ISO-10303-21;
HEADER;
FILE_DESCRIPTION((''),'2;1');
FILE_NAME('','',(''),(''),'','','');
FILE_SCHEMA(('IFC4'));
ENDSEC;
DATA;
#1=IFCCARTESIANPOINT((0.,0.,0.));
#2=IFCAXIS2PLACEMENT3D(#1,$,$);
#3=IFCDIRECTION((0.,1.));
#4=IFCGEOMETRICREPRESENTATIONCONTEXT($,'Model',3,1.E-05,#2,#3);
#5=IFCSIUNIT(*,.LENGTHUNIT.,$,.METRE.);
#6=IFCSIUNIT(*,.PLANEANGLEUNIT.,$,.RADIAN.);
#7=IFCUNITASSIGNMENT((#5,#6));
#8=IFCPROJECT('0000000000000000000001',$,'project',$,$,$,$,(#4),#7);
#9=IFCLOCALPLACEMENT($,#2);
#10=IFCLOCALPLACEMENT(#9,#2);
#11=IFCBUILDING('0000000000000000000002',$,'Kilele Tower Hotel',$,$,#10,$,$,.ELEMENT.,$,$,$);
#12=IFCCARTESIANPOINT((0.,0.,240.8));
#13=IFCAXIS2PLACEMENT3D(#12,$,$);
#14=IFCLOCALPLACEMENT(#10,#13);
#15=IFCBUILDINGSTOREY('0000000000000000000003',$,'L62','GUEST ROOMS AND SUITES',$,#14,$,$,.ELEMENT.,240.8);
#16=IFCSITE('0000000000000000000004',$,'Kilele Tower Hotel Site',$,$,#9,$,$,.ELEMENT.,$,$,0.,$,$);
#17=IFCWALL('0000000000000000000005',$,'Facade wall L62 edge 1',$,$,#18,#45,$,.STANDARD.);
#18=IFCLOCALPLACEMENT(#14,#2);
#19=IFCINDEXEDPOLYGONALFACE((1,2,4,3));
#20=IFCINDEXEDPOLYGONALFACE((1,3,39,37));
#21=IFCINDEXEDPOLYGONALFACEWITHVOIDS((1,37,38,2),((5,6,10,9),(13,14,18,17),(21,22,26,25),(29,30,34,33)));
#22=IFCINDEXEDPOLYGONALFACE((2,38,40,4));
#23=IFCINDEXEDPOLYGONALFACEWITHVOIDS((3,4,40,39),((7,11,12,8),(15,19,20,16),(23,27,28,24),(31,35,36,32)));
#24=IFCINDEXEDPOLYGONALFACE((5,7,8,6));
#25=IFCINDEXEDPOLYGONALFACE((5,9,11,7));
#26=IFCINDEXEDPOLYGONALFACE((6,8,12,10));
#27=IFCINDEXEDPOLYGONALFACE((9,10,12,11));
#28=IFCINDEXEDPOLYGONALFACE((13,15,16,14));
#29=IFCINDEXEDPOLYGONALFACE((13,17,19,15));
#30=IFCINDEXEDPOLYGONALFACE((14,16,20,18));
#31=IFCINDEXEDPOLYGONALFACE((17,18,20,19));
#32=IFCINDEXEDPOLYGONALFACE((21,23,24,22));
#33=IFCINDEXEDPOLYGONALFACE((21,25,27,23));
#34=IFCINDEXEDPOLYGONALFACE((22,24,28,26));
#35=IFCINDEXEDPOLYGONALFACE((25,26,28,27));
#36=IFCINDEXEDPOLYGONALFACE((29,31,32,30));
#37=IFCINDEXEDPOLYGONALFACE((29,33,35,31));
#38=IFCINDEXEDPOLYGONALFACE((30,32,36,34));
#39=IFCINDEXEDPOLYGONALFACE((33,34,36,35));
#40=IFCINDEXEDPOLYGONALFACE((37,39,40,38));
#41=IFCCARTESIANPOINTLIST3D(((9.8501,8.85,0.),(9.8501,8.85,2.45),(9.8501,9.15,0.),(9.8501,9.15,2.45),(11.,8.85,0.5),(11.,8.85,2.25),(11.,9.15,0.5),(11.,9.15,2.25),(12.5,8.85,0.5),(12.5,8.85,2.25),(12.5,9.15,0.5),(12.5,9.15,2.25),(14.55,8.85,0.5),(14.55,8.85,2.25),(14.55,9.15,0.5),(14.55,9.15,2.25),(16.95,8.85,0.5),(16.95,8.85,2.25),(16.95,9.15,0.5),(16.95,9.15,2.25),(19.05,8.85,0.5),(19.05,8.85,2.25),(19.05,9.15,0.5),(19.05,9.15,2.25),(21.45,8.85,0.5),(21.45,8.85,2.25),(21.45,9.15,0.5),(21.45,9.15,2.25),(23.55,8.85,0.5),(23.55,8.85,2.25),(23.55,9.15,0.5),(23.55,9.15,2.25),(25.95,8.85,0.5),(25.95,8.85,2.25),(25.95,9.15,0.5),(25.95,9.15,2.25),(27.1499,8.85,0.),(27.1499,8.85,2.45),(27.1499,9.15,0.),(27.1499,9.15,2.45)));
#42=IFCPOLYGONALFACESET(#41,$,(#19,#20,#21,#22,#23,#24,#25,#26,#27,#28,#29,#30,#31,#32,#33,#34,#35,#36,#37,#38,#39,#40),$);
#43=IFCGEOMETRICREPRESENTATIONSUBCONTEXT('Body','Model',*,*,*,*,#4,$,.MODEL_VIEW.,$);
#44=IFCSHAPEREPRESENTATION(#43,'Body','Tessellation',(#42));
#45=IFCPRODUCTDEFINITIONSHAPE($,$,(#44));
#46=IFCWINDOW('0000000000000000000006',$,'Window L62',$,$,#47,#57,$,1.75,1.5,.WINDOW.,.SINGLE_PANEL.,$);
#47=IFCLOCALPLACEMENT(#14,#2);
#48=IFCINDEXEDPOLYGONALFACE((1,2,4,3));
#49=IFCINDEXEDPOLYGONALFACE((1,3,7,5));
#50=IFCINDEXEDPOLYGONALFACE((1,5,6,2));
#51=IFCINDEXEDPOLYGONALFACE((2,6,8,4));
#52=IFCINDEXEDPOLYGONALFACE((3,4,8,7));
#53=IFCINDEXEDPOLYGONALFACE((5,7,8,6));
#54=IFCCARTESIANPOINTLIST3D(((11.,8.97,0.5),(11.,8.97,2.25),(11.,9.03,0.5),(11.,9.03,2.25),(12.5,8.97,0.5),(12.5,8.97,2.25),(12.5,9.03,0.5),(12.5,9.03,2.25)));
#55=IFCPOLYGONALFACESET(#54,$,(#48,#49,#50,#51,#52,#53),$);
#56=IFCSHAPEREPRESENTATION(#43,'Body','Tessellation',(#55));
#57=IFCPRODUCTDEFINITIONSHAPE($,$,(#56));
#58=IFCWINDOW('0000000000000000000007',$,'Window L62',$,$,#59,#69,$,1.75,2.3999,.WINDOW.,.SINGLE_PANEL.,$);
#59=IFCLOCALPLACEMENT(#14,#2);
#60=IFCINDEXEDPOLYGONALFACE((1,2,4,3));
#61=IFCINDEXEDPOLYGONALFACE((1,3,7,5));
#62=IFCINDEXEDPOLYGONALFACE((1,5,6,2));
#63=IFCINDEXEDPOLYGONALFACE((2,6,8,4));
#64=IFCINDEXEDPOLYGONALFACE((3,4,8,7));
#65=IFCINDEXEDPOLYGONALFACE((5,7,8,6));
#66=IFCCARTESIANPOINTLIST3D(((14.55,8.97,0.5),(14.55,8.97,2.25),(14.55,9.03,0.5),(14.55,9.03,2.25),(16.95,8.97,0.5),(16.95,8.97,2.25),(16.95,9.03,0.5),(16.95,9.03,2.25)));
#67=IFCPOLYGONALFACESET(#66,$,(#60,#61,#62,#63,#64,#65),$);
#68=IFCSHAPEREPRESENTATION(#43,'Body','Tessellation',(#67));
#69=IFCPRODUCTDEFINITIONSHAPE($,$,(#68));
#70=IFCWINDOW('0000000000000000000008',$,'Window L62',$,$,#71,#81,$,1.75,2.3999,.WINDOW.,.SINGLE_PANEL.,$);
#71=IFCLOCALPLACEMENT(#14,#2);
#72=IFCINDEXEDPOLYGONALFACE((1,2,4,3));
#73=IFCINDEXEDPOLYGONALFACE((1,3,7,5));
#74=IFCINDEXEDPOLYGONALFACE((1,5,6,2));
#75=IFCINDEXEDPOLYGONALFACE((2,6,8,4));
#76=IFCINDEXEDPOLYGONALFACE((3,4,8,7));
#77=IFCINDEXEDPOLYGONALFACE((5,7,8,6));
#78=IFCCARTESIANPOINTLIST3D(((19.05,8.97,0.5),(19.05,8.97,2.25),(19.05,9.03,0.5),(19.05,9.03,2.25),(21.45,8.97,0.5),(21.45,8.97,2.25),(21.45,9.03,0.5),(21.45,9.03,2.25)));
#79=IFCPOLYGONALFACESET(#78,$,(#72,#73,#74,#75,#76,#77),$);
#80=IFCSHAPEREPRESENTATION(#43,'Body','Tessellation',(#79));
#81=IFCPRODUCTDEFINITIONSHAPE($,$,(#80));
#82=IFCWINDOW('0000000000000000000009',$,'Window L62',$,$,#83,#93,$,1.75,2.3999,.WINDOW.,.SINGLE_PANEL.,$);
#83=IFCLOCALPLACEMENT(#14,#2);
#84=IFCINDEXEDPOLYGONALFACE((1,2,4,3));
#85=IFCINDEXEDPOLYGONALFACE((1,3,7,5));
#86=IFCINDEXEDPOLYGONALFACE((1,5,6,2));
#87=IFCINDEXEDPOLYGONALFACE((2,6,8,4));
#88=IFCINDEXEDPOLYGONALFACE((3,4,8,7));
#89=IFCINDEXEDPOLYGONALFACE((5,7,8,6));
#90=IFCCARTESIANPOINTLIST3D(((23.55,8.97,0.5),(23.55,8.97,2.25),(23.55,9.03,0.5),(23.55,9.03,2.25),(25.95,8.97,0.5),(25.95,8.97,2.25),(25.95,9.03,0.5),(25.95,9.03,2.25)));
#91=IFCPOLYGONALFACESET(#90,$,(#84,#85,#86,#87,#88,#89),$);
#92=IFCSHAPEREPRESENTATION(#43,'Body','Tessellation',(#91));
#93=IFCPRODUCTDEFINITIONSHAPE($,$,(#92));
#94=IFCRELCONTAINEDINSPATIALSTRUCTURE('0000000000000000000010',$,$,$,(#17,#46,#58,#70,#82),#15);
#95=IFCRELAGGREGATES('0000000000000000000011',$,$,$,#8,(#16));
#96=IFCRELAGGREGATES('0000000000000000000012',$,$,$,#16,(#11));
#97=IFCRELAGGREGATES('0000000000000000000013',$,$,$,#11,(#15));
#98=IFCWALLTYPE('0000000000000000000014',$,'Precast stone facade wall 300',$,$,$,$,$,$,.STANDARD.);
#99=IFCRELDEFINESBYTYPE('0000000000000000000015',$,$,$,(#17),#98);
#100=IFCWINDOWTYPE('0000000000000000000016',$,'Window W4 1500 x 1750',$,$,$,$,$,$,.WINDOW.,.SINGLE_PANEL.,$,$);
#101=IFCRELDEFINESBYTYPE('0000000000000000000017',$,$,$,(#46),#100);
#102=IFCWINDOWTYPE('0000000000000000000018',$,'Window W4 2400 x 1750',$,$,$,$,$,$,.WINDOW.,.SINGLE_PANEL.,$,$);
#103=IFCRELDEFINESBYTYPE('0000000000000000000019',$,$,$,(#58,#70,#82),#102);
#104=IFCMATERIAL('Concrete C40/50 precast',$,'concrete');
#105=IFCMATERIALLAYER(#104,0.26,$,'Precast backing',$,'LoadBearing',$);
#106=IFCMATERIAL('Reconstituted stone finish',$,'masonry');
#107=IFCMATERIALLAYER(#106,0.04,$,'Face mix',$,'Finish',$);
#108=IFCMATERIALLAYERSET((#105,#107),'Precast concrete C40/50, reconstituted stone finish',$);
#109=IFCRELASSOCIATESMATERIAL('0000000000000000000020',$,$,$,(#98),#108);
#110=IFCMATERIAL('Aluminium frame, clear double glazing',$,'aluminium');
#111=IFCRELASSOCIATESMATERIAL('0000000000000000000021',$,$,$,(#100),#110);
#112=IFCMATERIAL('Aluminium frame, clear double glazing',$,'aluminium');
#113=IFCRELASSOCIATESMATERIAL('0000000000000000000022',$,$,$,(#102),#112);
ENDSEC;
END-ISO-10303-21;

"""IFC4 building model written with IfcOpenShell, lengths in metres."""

from ifc_helpers import new_model, si_unit, direction, frame, frame_2d, origin, place, context, subcontext, project, spatial, rectangle, extrude, material, layer, layer_set, type_object, element, fill, save


model = new_model("IFC4")

# Units and contexts
model_context = context("Model", 3, precision=1e-05, world=origin(), true_north=direction((0.0, 1.0)))
body_context = subcontext(model_context, "Body", "Model", "MODEL_VIEW")
ifc_project = project(units=[si_unit("LENGTHUNIT", "METRE"), si_unit("PLANEANGLEUNIT", "RADIAN")], contexts=[model_context])

# Site, building, storey
site_placement = place(None, origin())
site = spatial("IfcSite", under=ifc_project, at=site_placement, Name="Kilele Tower Hotel Site", CompositionType="ELEMENT", RefElevation=0.0)
building_placement = place(site_placement, origin())
building = spatial("IfcBuilding", under=site, at=building_placement, Name="Kilele Tower Hotel", CompositionType="ELEMENT")
storey_placement = place(building_placement, frame((0.0, 0.0, 240.8)))
storey = spatial("IfcBuildingStorey", under=building, at=storey_placement, Name="L62", Description="GUEST ROOMS AND SUITES", CompositionType="ELEMENT", Elevation=240.8)

# Wall, openings, windows
ifc_material_1 = material(Name="Concrete C40/50 precast", Category="concrete")
ifc_layer_1 = layer(ifc_material_1, 0.26, Name="Precast backing", Category="LoadBearing")
ifc_material_2 = material(Name="Reconstituted stone finish", Category="masonry")
ifc_layer_2 = layer(ifc_material_2, 0.04, Name="Face mix", Category="Finish")
ifc_layer_set_1 = layer_set([ifc_layer_1, ifc_layer_2], Name="Precast concrete C40/50, reconstituted stone finish")
wall_type = type_object("IfcWallType", Name="Precast stone facade wall 300", PredefinedType="STANDARD", material=ifc_layer_set_1)
wall_placement = place(storey_placement, frame((9.8501, 9.0, 0.0), z_axis=(0.0, 0.0, 1.0), x_axis=(1.0, 0.0, 0.0)))
wall = element("IfcWall", 1, at=wall_placement, inside=storey, type_object=wall_type, Name="Facade wall L62 edge 1", PredefinedType="STANDARD", context=body_context, shape_type="SweptSolid", body=[
    extrude(rectangle(XDim=17.2998, YDim=0.3, at=frame_2d((8.6499, 0.0))), origin(), (0.0, 0.0, 1.0), 2.45),
])
opening_1_placement = place(wall_placement, frame((1.1499, 0.0, 0.5)))
opening_1 = element("IfcOpeningElement", 2, at=opening_1_placement, cuts=wall, PredefinedType="OPENING", context=body_context, shape_type="SweptSolid", body=[
    extrude(rectangle(XDim=1.5, YDim=1.75, at=frame_2d((0.75, 0.875))), frame((0.0, 0.1599, 0.0), z_axis=(0.0, -1.0, 0.0), x_axis=(1.0, 0.0, 0.0)), (0.0, 0.0, 1.0), 0.3201),
])
opening_2_placement = place(wall_placement, frame((4.7, 0.0, 0.5)))
opening_2 = element("IfcOpeningElement", 3, at=opening_2_placement, cuts=wall, PredefinedType="OPENING", context=body_context, shape_type="SweptSolid", body=[
    extrude(rectangle(XDim=2.3999, YDim=1.75, at=frame_2d((1.2, 0.875))), frame((0.0, 0.1599, 0.0), z_axis=(0.0, -1.0, 0.0), x_axis=(1.0, 0.0, 0.0)), (0.0, 0.0, 1.0), 0.3201),
])
opening_3_placement = place(wall_placement, frame((9.2, 0.0, 0.5)))
opening_3 = element("IfcOpeningElement", 4, at=opening_3_placement, cuts=wall, PredefinedType="OPENING", context=body_context, shape_type="SweptSolid", body=[
    extrude(rectangle(XDim=2.3999, YDim=1.75, at=frame_2d((1.2, 0.875))), frame((0.0, 0.1599, 0.0), z_axis=(0.0, -1.0, 0.0), x_axis=(1.0, 0.0, 0.0)), (0.0, 0.0, 1.0), 0.3201),
])
opening_4_placement = place(wall_placement, frame((13.7, 0.0, 0.5)))
opening_4 = element("IfcOpeningElement", 5, at=opening_4_placement, cuts=wall, PredefinedType="OPENING", context=body_context, shape_type="SweptSolid", body=[
    extrude(rectangle(XDim=2.3999, YDim=1.75, at=frame_2d((1.2, 0.875))), frame((0.0, 0.1599, 0.0), z_axis=(0.0, -1.0, 0.0), x_axis=(1.0, 0.0, 0.0)), (0.0, 0.0, 1.0), 0.3201),
])
ifc_material_3 = material(Name="Aluminium frame, clear double glazing", Category="aluminium")
window_type_1 = type_object("IfcWindowType", Name="Window W4 1500 x 1750", PartitioningType="SINGLE_PANEL", PredefinedType="WINDOW", material=ifc_material_3)
window_1_placement = place(opening_1_placement, origin())
window_1 = element("IfcWindow", 6, at=window_1_placement, inside=storey, type_object=window_type_1, Name="Window L62", OverallHeight=1.75, OverallWidth=1.5, PartitioningType="SINGLE_PANEL", PredefinedType="WINDOW", context=body_context, shape_type="SweptSolid", body=[
    extrude(rectangle(XDim=1.5, YDim=1.75, at=frame_2d((0.75, 0.875))), frame((0.0, 0.03, 0.0), z_axis=(0.0, -1.0, 0.0), x_axis=(1.0, 0.0, 0.0)), (0.0, 0.0, 1.0), 0.0601),
])
fill(opening_1, window_1)
ifc_material_4 = material(Name="Aluminium frame, clear double glazing", Category="aluminium")
window_type_2 = type_object("IfcWindowType", Name="Window W4 2400 x 1750", PartitioningType="SINGLE_PANEL", PredefinedType="WINDOW", material=ifc_material_4)
window_2_placement = place(opening_2_placement, origin())
window_2 = element("IfcWindow", 7, at=window_2_placement, inside=storey, type_object=window_type_2, Name="Window L62", OverallHeight=1.75, OverallWidth=2.3999, PartitioningType="SINGLE_PANEL", PredefinedType="WINDOW", context=body_context, shape_type="SweptSolid", body=[
    extrude(rectangle(XDim=2.3999, YDim=1.75, at=frame_2d((1.2, 0.875))), frame((0.0, 0.03, 0.0), z_axis=(0.0, -1.0, 0.0), x_axis=(1.0, 0.0, 0.0)), (0.0, 0.0, 1.0), 0.0601),
])
fill(opening_2, window_2)
window_3_placement = place(opening_3_placement, origin())
window_3 = element("IfcWindow", 8, at=window_3_placement, inside=storey, type_object=window_type_2, Name="Window L62", OverallHeight=1.75, OverallWidth=2.3999, PartitioningType="SINGLE_PANEL", PredefinedType="WINDOW", context=body_context, shape_type="SweptSolid", body=[
    extrude(rectangle(XDim=2.3999, YDim=1.75, at=frame_2d((1.2, 0.875))), frame((0.0, 0.03, 0.0), z_axis=(0.0, -1.0, 0.0), x_axis=(1.0, 0.0, 0.0)), (0.0, 0.0, 1.0), 0.0601),
])
fill(opening_3, window_3)
window_4_placement = place(opening_4_placement, origin())
window_4 = element("IfcWindow", 9, at=window_4_placement, inside=storey, type_object=window_type_2, Name="Window L62", OverallHeight=1.75, OverallWidth=2.3999, PartitioningType="SINGLE_PANEL", PredefinedType="WINDOW", context=body_context, shape_type="SweptSolid", body=[
    extrude(rectangle(XDim=2.3999, YDim=1.75, at=frame_2d((1.2, 0.875))), frame((0.0, 0.03, 0.0), z_axis=(0.0, -1.0, 0.0), x_axis=(1.0, 0.0, 0.0)), (0.0, 0.0, 1.0), 0.0601),
])
fill(opening_4, window_4)

save(model, "model.ifc")
